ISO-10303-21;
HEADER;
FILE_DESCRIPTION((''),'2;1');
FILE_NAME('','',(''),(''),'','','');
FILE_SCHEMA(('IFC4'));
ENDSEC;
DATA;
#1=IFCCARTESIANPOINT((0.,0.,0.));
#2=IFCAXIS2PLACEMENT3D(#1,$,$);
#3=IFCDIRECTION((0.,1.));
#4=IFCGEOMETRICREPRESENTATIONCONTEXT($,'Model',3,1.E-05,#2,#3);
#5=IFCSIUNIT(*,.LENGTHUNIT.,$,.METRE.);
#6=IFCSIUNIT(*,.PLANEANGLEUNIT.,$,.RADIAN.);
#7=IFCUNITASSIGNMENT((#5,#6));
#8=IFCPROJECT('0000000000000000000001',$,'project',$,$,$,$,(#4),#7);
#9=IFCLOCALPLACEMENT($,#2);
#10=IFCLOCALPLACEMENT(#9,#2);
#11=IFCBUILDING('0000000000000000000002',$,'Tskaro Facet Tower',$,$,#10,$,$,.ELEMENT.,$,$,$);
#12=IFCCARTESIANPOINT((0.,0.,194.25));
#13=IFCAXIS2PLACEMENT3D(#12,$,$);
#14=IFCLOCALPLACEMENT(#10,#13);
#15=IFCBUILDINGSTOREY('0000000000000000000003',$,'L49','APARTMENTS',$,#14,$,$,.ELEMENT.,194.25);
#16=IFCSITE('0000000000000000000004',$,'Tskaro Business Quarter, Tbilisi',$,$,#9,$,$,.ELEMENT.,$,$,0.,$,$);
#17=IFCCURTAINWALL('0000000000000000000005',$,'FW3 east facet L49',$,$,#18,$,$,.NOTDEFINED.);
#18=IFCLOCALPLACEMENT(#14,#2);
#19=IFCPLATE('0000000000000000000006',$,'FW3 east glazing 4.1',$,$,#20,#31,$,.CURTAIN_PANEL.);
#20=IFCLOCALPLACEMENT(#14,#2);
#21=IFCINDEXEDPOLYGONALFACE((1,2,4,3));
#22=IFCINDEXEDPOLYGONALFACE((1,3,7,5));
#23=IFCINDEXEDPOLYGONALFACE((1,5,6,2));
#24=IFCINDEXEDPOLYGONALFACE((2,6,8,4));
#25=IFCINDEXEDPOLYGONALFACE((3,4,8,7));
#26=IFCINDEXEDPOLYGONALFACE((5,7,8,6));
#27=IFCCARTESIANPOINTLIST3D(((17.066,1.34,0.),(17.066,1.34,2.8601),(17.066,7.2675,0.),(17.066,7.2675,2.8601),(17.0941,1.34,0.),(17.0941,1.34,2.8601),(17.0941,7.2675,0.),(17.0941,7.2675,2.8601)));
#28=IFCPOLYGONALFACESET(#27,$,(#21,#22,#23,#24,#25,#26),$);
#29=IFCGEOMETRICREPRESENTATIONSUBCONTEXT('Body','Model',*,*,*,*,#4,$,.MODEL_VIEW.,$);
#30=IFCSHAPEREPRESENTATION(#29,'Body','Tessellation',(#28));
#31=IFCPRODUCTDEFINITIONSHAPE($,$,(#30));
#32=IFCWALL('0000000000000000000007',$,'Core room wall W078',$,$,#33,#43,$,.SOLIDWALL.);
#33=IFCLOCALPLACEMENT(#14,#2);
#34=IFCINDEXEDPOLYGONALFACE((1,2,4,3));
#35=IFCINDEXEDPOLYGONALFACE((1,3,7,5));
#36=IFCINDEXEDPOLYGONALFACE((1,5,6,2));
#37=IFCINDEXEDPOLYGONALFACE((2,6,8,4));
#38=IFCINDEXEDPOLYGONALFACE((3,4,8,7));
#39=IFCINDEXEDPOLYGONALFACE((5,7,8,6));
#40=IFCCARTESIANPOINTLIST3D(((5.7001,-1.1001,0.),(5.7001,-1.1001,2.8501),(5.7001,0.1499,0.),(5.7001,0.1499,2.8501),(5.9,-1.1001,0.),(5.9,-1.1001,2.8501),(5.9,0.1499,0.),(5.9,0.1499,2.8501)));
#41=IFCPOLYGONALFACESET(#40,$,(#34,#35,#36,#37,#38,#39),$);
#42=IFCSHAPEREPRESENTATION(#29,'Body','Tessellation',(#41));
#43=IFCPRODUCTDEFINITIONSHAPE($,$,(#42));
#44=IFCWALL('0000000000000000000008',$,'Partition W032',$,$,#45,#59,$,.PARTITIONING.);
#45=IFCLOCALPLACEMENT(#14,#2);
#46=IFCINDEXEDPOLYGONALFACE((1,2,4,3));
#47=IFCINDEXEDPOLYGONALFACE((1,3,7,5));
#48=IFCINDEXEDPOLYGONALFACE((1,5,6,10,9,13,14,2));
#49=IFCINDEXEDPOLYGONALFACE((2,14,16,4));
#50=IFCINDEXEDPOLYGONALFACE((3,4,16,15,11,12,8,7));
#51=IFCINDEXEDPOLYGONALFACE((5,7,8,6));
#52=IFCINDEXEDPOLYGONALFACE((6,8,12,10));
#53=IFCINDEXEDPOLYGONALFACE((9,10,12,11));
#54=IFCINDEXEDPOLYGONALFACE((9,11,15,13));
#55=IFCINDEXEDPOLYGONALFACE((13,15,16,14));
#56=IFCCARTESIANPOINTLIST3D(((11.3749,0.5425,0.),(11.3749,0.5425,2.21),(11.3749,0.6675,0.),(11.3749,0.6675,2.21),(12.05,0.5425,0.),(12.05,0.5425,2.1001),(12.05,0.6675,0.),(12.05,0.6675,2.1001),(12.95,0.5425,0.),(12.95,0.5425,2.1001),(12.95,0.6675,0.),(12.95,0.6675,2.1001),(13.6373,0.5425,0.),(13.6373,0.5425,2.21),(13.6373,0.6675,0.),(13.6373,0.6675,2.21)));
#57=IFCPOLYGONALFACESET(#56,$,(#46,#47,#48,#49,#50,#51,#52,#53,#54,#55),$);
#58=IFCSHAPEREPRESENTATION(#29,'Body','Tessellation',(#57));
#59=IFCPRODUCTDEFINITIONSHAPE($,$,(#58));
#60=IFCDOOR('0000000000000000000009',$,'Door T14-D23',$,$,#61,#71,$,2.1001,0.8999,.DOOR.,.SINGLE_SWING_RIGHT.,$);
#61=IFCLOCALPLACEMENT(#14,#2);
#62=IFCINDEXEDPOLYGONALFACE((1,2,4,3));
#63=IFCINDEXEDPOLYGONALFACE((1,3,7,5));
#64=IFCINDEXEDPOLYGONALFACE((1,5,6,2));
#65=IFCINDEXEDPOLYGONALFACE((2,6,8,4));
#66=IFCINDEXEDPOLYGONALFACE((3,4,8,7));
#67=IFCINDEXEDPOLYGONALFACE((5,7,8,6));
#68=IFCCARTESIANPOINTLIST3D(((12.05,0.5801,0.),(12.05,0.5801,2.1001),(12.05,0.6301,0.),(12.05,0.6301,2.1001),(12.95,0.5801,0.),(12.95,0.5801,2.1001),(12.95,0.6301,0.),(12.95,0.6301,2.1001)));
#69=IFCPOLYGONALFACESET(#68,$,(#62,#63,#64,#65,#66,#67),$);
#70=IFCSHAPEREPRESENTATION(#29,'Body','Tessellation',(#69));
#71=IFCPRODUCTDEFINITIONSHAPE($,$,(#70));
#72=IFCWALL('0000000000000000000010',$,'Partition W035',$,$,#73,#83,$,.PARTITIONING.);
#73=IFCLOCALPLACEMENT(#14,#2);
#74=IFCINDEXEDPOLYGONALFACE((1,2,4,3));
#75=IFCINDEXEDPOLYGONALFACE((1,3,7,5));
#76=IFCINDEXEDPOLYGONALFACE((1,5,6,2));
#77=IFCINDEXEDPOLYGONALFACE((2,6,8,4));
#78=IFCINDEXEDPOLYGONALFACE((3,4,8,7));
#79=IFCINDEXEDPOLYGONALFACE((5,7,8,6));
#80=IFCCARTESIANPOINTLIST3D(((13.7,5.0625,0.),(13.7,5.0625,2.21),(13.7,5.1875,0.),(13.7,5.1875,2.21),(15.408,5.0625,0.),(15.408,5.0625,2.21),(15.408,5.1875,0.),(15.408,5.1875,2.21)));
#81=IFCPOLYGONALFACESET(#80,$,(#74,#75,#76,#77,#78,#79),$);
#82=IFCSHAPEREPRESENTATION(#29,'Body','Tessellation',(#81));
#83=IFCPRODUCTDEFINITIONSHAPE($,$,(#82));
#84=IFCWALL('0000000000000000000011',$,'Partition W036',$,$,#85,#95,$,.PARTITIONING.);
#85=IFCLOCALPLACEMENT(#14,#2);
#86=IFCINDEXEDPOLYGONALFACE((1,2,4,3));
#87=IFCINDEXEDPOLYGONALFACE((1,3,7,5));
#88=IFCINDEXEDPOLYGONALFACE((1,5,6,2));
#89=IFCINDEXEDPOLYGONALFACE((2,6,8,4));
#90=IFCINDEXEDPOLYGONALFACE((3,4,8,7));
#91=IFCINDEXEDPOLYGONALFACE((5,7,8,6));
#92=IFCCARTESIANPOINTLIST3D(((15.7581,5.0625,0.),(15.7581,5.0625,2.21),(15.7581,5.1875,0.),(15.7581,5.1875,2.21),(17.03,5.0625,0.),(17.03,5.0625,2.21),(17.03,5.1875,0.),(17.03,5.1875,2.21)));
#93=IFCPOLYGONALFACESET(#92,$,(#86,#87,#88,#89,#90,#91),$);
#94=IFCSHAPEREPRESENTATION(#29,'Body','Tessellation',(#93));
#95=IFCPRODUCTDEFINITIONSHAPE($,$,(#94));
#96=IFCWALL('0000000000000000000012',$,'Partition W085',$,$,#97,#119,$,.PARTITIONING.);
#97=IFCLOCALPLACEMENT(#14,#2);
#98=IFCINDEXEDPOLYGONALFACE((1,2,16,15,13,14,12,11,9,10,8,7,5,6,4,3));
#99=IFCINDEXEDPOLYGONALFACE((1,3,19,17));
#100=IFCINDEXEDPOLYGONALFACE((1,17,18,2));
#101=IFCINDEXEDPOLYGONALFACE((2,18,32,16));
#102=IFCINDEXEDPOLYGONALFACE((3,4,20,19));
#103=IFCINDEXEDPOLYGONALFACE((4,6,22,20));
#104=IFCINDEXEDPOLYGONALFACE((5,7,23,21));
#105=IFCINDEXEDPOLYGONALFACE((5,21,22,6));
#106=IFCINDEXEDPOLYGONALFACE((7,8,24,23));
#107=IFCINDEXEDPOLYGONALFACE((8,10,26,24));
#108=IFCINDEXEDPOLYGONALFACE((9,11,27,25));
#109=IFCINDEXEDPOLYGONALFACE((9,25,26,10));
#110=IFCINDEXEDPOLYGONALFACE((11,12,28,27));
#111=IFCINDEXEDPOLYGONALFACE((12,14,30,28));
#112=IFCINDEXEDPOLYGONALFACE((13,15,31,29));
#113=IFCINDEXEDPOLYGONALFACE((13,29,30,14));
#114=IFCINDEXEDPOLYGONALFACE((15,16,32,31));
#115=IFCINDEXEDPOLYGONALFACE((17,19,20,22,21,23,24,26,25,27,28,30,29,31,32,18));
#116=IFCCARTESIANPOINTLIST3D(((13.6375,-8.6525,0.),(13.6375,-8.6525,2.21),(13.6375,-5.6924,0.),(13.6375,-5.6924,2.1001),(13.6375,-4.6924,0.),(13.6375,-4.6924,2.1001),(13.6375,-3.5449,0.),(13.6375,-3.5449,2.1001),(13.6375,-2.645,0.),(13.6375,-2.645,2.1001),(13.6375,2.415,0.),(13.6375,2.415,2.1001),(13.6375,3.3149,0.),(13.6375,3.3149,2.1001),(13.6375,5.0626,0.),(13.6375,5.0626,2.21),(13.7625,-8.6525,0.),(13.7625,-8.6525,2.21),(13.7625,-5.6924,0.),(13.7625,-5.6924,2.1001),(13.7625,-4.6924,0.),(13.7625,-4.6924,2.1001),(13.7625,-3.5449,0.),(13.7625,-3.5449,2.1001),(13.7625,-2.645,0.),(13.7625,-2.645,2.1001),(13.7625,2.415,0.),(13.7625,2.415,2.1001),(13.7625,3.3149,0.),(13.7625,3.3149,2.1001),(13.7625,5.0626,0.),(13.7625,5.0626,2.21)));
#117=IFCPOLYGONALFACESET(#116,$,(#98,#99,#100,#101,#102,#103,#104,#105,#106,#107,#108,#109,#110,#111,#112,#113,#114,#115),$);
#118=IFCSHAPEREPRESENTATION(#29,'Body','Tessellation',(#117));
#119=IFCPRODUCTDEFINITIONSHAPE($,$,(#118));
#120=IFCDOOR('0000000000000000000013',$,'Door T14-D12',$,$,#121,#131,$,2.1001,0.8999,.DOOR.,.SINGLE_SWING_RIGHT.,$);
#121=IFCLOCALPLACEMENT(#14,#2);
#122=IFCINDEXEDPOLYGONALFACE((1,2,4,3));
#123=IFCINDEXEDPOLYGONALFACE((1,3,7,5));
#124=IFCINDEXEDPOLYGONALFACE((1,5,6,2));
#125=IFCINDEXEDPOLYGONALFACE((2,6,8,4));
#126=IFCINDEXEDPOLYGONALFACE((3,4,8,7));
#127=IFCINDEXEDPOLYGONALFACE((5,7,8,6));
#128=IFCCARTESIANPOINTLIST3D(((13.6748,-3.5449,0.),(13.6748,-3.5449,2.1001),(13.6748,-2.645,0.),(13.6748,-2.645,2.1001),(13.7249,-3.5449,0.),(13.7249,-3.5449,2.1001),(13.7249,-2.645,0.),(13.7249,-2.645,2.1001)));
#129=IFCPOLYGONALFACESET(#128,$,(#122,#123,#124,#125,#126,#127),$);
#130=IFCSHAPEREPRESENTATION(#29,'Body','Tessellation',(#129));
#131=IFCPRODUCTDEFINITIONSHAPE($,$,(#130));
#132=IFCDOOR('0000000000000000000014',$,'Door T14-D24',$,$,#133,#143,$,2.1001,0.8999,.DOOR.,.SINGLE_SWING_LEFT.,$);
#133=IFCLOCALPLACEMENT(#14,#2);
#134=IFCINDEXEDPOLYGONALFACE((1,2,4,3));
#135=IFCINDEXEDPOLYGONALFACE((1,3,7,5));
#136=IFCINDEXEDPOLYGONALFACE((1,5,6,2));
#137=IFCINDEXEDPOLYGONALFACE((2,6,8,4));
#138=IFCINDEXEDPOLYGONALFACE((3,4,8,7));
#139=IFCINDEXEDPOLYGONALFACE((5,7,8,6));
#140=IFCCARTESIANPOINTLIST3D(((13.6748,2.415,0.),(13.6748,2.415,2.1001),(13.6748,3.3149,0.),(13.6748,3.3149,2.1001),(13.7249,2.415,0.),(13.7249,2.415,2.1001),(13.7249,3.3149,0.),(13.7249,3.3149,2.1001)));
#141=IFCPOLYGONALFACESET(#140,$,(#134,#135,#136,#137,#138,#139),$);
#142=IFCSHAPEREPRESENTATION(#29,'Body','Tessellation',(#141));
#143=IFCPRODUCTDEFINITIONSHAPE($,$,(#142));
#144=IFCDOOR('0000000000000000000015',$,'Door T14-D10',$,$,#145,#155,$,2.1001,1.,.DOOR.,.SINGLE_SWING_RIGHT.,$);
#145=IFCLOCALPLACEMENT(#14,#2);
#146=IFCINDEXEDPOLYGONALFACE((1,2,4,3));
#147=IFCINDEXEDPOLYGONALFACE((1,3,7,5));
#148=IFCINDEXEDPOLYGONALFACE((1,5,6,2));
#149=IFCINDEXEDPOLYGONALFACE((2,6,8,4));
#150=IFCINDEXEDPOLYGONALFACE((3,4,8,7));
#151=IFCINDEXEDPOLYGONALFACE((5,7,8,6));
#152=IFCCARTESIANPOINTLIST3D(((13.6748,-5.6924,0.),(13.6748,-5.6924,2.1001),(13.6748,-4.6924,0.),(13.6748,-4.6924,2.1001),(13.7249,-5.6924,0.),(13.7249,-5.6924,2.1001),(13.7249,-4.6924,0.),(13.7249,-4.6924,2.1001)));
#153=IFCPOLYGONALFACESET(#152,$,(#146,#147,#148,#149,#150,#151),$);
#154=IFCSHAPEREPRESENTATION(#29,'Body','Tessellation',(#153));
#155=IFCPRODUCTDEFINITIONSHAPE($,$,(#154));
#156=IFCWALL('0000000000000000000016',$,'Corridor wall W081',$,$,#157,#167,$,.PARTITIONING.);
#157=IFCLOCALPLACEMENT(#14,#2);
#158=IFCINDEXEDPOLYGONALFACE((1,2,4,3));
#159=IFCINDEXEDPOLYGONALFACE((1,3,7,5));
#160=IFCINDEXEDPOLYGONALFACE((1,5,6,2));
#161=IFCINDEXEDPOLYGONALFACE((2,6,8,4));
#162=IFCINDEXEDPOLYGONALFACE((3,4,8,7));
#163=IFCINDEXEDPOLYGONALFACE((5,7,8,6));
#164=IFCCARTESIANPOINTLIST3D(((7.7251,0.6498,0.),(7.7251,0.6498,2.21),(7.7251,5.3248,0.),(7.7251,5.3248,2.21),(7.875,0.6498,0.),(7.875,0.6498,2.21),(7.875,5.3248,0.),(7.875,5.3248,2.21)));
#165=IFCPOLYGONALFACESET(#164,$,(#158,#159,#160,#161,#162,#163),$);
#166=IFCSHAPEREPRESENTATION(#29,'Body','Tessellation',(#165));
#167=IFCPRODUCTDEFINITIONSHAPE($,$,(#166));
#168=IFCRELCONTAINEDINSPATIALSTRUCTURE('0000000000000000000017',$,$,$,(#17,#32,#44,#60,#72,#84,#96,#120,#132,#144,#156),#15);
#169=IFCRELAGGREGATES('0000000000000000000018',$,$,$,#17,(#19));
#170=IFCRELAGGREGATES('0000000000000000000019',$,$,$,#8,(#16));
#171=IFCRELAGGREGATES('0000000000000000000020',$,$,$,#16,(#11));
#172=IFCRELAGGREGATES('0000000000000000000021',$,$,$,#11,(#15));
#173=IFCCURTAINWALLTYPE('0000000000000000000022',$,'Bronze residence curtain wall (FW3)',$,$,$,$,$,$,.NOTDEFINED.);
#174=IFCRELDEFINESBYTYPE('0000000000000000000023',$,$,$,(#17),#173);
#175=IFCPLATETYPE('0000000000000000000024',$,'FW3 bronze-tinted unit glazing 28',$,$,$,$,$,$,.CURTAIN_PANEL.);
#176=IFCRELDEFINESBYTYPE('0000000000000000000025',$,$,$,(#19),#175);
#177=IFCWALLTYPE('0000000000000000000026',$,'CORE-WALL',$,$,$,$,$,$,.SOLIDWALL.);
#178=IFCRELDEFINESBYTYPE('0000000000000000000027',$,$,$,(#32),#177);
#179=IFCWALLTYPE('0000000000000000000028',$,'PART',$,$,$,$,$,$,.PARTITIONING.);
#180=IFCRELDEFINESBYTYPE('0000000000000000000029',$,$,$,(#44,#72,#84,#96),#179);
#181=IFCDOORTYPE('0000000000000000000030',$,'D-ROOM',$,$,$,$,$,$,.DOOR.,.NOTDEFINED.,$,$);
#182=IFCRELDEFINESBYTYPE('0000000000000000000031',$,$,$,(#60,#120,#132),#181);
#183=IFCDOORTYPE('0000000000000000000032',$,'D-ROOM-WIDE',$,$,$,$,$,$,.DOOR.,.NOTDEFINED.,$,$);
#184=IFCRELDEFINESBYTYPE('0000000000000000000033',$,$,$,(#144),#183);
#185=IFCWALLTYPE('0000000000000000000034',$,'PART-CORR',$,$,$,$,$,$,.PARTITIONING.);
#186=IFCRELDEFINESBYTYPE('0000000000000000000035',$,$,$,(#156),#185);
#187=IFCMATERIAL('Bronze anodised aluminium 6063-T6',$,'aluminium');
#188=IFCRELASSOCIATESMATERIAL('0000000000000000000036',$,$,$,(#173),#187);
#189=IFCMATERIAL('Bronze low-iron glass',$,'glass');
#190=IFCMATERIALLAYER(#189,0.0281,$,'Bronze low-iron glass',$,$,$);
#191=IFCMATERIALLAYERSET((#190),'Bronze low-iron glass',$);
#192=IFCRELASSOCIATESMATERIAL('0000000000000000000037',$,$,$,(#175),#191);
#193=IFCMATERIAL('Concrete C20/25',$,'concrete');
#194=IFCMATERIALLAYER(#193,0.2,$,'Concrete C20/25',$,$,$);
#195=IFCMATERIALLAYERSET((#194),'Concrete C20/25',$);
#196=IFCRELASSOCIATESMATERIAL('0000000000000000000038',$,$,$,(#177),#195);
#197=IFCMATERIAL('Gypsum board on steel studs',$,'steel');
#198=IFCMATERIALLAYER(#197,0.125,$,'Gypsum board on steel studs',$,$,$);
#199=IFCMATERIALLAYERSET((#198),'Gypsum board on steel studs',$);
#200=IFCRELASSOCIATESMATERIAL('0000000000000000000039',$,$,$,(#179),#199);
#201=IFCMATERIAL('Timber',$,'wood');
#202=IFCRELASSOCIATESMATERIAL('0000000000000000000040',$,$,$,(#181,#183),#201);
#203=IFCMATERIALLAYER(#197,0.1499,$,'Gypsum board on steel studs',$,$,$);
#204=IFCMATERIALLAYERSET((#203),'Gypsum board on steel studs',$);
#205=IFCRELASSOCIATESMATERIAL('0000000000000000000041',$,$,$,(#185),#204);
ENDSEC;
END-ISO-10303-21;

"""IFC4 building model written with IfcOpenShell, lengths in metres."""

from ifc_helpers import new_model, si_unit, direction, frame, frame_2d, origin, origin_2d, place, context, subcontext, project, spatial, rectangle, extrude, material, layer, layer_set, type_object, element, fill, aggregate, save


model = new_model("IFC4")

# Units and contexts
model_context = context("Model", 3, precision=1e-05, world=origin(), true_north=direction((0.0, 1.0)))
body_context = subcontext(model_context, "Body", "Model", "MODEL_VIEW")
ifc_project = project(units=[si_unit("LENGTHUNIT", "METRE"), si_unit("PLANEANGLEUNIT", "RADIAN")], contexts=[model_context])

# Site, building, storey
site_placement = place(None, origin())
site = spatial("IfcSite", under=ifc_project, at=site_placement, Name="Tskaro Business Quarter, Tbilisi", CompositionType="ELEMENT", RefElevation=0.0)
building_placement = place(site_placement, origin())
building = spatial("IfcBuilding", under=site, at=building_placement, Name="Tskaro Facet Tower", CompositionType="ELEMENT")
storey_placement = place(building_placement, frame((0.0, 0.0, 194.25)))
storey = spatial("IfcBuildingStorey", under=building, at=storey_placement, Name="L49", Description="APARTMENTS", CompositionType="ELEMENT", Elevation=194.25)

# Curtain wall
ifc_material_1 = material(Name="Bronze anodised aluminium 6063-T6", Category="aluminium")
curtain_wall_type = type_object("IfcCurtainWallType", Name="Bronze residence curtain wall (FW3)", PredefinedType="NOTDEFINED", material=ifc_material_1)
curtain_wall_placement = place(storey_placement, origin())
curtain_wall = element("IfcCurtainWall", 1, at=curtain_wall_placement, inside=storey, type_object=curtain_wall_type, Name="FW3 east facet L49", PredefinedType="NOTDEFINED")

# Plate
ifc_material_2 = material(Name="Bronze low-iron glass", Category="glass")
ifc_layer_1 = layer(ifc_material_2, 0.0281, Name="Bronze low-iron glass")
ifc_layer_set_1 = layer_set([ifc_layer_1], Name="Bronze low-iron glass")
plate_type = type_object("IfcPlateType", Name="FW3 bronze-tinted unit glazing 28", PredefinedType="CURTAIN_PANEL", material=ifc_layer_set_1)
plate_placement = place(storey_placement, frame((17.0801, 4.3037, 0.0), z_axis=(0.0, 0.0, 1.0), x_axis=(0.0, 1.0, 0.0)))
plate = element("IfcPlate", 2, at=plate_placement, type_object=plate_type, Name="FW3 east glazing 4.1", PredefinedType="CURTAIN_PANEL", context=body_context, shape_type="SweptSolid", body=[
    extrude(rectangle(XDim=5.9275, YDim=0.0281, at=origin_2d()), origin(), (0.0, 0.0, 1.0), 2.8601),
])
aggregate(curtain_wall, [plate])

# Wall
ifc_material_3 = material(Name="Concrete C20/25", Category="concrete")
ifc_layer_2 = layer(ifc_material_3, 0.2, Name="Concrete C20/25")
ifc_layer_set_2 = layer_set([ifc_layer_2], Name="Concrete C20/25")
wall_type_1 = type_object("IfcWallType", Name="CORE-WALL", PredefinedType="SOLIDWALL", material=ifc_layer_set_2)
wall_1_placement = place(storey_placement, frame((5.8, -1.1001, 0.0), z_axis=(0.0, 0.0, 1.0), x_axis=(0.0, 1.0, 0.0)))
element("IfcWall", 3, at=wall_1_placement, inside=storey, type_object=wall_type_1, Name="Core room wall W078", PredefinedType="SOLIDWALL", context=body_context, shape_type="SweptSolid", body=[
    extrude(rectangle(XDim=1.25, YDim=0.2, at=frame_2d((0.625, 0.0))), origin(), (0.0, 0.0, 1.0), 2.8501),
])

# Wall, opening, door
ifc_material_4 = material(Name="Gypsum board on steel studs", Category="steel")
ifc_layer_3 = layer(ifc_material_4, 0.125, Name="Gypsum board on steel studs")
ifc_layer_set_3 = layer_set([ifc_layer_3], Name="Gypsum board on steel studs")
wall_type_2 = type_object("IfcWallType", Name="PART", PredefinedType="PARTITIONING", material=ifc_layer_set_3)
wall_2_placement = place(storey_placement, frame((13.6375, 0.605, 0.0), z_axis=(0.0, 0.0, 1.0), x_axis=(-1.0, 0.0, 0.0)))
wall_2 = element("IfcWall", 4, at=wall_2_placement, inside=storey, type_object=wall_type_2, Name="Partition W032", PredefinedType="PARTITIONING", context=body_context, shape_type="SweptSolid", body=[
    extrude(rectangle(XDim=2.2625, YDim=0.125, at=frame_2d((1.1313, 0.0))), origin(), (0.0, 0.0, 1.0), 2.21),
])
opening_1_placement = place(wall_2_placement, frame((0.6875, 0.0, 0.0)))
opening_1 = element("IfcOpeningElement", 5, at=opening_1_placement, cuts=wall_2, PredefinedType="OPENING", context=body_context, shape_type="SweptSolid", body=[
    extrude(rectangle(XDim=0.8999, YDim=2.1001, at=frame_2d((0.45, 1.05))), frame((0.0, 0.0725, 0.0), z_axis=(0.0, -1.0, 0.0), x_axis=(1.0, 0.0, 0.0)), (0.0, 0.0, 1.0), 0.145),
])
ifc_material_5 = material(Name="Timber", Category="wood")
door_type_1 = type_object("IfcDoorType", Name="D-ROOM", OperationType="NOTDEFINED", PredefinedType="DOOR", material=ifc_material_5)
door_1_placement = place(opening_1_placement, origin())
door_1 = element("IfcDoor", 6, at=door_1_placement, inside=storey, type_object=door_type_1, Name="Door T14-D23", OperationType="SINGLE_SWING_RIGHT", OverallHeight=2.1001, OverallWidth=0.8999, PredefinedType="DOOR", context=body_context, shape_type="SweptSolid", body=[
    extrude(rectangle(XDim=0.8999, YDim=2.1001, at=frame_2d((0.45, 1.05))), frame((0.0, 0.0249, 0.0), z_axis=(0.0, -1.0, 0.0), x_axis=(1.0, 0.0, 0.0)), (0.0, 0.0, 1.0), 0.05),
])
fill(opening_1, door_1)

# Walls
wall_3_placement = place(storey_placement, frame((13.7, 5.125, 0.0), z_axis=(0.0, 0.0, 1.0), x_axis=(1.0, 0.0, 0.0)))
element("IfcWall", 7, at=wall_3_placement, inside=storey, type_object=wall_type_2, Name="Partition W035", PredefinedType="PARTITIONING", context=body_context, shape_type="SweptSolid", body=[
    extrude(rectangle(XDim=1.708, YDim=0.125, at=frame_2d((0.854, 0.0))), origin(), (0.0, 0.0, 1.0), 2.21),
])
wall_4_placement = place(storey_placement, frame((15.7581, 5.125, 0.0), z_axis=(0.0, 0.0, 1.0), x_axis=(1.0, 0.0, 0.0)))
element("IfcWall", 8, at=wall_4_placement, inside=storey, type_object=wall_type_2, Name="Partition W036", PredefinedType="PARTITIONING", context=body_context, shape_type="SweptSolid", body=[
    extrude(rectangle(XDim=1.272, YDim=0.125, at=frame_2d((0.636, 0.0))), origin(), (0.0, 0.0, 1.0), 2.21),
])

# Wall, openings, doors
wall_5_placement = place(storey_placement, frame((13.7, 5.0625, 0.0), z_axis=(0.0, 0.0, 1.0), x_axis=(0.0, -1.0, 0.0)))
wall_5 = element("IfcWall", 9, at=wall_5_placement, inside=storey, type_object=wall_type_2, Name="Partition W085", PredefinedType="PARTITIONING", context=body_context, shape_type="SweptSolid", body=[
    extrude(rectangle(XDim=13.7151, YDim=0.125, at=frame_2d((6.8574, 0.0))), origin(), (0.0, 0.0, 1.0), 2.21),
])
opening_2_placement = place(wall_5_placement, frame((9.7549, 0.0, 0.0)))
opening_2 = element("IfcOpeningElement", 10, at=opening_2_placement, cuts=wall_5, PredefinedType="OPENING", context=body_context, shape_type="SweptSolid", body=[
    extrude(rectangle(XDim=1.0, YDim=2.1001, at=frame_2d((0.5, 1.05))), frame((0.0, 0.0725, 0.0), z_axis=(0.0, -1.0, 0.0), x_axis=(1.0, 0.0, 0.0)), (0.0, 0.0, 1.0), 0.145),
])
opening_3_placement = place(wall_5_placement, frame((7.7075, 0.0, 0.0)))
opening_3 = element("IfcOpeningElement", 11, at=opening_3_placement, cuts=wall_5, PredefinedType="OPENING", context=body_context, shape_type="SweptSolid", body=[
    extrude(rectangle(XDim=0.8999, YDim=2.1001, at=frame_2d((0.45, 1.05))), frame((0.0, 0.0725, 0.0), z_axis=(0.0, -1.0, 0.0), x_axis=(1.0, 0.0, 0.0)), (0.0, 0.0, 1.0), 0.145),
])
opening_4_placement = place(wall_5_placement, frame((1.7476, 0.0, 0.0)))
opening_4 = element("IfcOpeningElement", 12, at=opening_4_placement, cuts=wall_5, PredefinedType="OPENING", context=body_context, shape_type="SweptSolid", body=[
    extrude(rectangle(XDim=0.8999, YDim=2.1001, at=frame_2d((0.45, 1.05))), frame((0.0, 0.0725, 0.0), z_axis=(0.0, -1.0, 0.0), x_axis=(1.0, 0.0, 0.0)), (0.0, 0.0, 1.0), 0.145),
])
door_2_placement = place(opening_3_placement, origin())
door_2 = element("IfcDoor", 13, at=door_2_placement, inside=storey, type_object=door_type_1, Name="Door T14-D12", OperationType="SINGLE_SWING_RIGHT", OverallHeight=2.1001, OverallWidth=0.8999, PredefinedType="DOOR", context=body_context, shape_type="SweptSolid", body=[
    extrude(rectangle(XDim=0.8999, YDim=2.1001, at=frame_2d((0.45, 1.05))), frame((0.0, 0.0249, 0.0), z_axis=(0.0, -1.0, 0.0), x_axis=(1.0, 0.0, 0.0)), (0.0, 0.0, 1.0), 0.05),
])
fill(opening_3, door_2)
door_3_placement = place(opening_4_placement, origin())
door_3 = element("IfcDoor", 14, at=door_3_placement, inside=storey, type_object=door_type_1, Name="Door T14-D24", OperationType="SINGLE_SWING_LEFT", OverallHeight=2.1001, OverallWidth=0.8999, PredefinedType="DOOR", context=body_context, shape_type="SweptSolid", body=[
    extrude(rectangle(XDim=0.8999, YDim=2.1001, at=frame_2d((0.45, 1.05))), frame((0.0, 0.0249, 0.0), z_axis=(0.0, -1.0, 0.0), x_axis=(1.0, 0.0, 0.0)), (0.0, 0.0, 1.0), 0.05),
])
fill(opening_4, door_3)
door_type_2 = type_object("IfcDoorType", Name="D-ROOM-WIDE", OperationType="NOTDEFINED", PredefinedType="DOOR", material=ifc_material_5)
door_4_placement = place(opening_2_placement, origin())
door_4 = element("IfcDoor", 15, at=door_4_placement, inside=storey, type_object=door_type_2, Name="Door T14-D10", OperationType="SINGLE_SWING_RIGHT", OverallHeight=2.1001, OverallWidth=1.0, PredefinedType="DOOR", context=body_context, shape_type="SweptSolid", body=[
    extrude(rectangle(XDim=1.0, YDim=2.1001, at=frame_2d((0.5, 1.05))), frame((0.0, 0.0249, 0.0), z_axis=(0.0, -1.0, 0.0), x_axis=(1.0, 0.0, 0.0)), (0.0, 0.0, 1.0), 0.05),
])
fill(opening_2, door_4)

# Wall
ifc_layer_4 = layer(ifc_material_4, 0.1499, Name="Gypsum board on steel studs")
ifc_layer_set_4 = layer_set([ifc_layer_4], Name="Gypsum board on steel studs")
wall_type_3 = type_object("IfcWallType", Name="PART-CORR", PredefinedType="PARTITIONING", material=ifc_layer_set_4)
wall_6_placement = place(storey_placement, frame((7.8, 0.6499, 0.0), z_axis=(0.0, 0.0, 1.0), x_axis=(0.0, 1.0, 0.0)))
element("IfcWall", 16, at=wall_6_placement, inside=storey, type_object=wall_type_3, Name="Corridor wall W081", PredefinedType="PARTITIONING", context=body_context, shape_type="SweptSolid", body=[
    extrude(rectangle(XDim=4.675, YDim=0.1499, at=frame_2d((2.3374, 0.0))), origin(), (0.0, 0.0, 1.0), 2.21),
])

save(model, "model.ifc")
